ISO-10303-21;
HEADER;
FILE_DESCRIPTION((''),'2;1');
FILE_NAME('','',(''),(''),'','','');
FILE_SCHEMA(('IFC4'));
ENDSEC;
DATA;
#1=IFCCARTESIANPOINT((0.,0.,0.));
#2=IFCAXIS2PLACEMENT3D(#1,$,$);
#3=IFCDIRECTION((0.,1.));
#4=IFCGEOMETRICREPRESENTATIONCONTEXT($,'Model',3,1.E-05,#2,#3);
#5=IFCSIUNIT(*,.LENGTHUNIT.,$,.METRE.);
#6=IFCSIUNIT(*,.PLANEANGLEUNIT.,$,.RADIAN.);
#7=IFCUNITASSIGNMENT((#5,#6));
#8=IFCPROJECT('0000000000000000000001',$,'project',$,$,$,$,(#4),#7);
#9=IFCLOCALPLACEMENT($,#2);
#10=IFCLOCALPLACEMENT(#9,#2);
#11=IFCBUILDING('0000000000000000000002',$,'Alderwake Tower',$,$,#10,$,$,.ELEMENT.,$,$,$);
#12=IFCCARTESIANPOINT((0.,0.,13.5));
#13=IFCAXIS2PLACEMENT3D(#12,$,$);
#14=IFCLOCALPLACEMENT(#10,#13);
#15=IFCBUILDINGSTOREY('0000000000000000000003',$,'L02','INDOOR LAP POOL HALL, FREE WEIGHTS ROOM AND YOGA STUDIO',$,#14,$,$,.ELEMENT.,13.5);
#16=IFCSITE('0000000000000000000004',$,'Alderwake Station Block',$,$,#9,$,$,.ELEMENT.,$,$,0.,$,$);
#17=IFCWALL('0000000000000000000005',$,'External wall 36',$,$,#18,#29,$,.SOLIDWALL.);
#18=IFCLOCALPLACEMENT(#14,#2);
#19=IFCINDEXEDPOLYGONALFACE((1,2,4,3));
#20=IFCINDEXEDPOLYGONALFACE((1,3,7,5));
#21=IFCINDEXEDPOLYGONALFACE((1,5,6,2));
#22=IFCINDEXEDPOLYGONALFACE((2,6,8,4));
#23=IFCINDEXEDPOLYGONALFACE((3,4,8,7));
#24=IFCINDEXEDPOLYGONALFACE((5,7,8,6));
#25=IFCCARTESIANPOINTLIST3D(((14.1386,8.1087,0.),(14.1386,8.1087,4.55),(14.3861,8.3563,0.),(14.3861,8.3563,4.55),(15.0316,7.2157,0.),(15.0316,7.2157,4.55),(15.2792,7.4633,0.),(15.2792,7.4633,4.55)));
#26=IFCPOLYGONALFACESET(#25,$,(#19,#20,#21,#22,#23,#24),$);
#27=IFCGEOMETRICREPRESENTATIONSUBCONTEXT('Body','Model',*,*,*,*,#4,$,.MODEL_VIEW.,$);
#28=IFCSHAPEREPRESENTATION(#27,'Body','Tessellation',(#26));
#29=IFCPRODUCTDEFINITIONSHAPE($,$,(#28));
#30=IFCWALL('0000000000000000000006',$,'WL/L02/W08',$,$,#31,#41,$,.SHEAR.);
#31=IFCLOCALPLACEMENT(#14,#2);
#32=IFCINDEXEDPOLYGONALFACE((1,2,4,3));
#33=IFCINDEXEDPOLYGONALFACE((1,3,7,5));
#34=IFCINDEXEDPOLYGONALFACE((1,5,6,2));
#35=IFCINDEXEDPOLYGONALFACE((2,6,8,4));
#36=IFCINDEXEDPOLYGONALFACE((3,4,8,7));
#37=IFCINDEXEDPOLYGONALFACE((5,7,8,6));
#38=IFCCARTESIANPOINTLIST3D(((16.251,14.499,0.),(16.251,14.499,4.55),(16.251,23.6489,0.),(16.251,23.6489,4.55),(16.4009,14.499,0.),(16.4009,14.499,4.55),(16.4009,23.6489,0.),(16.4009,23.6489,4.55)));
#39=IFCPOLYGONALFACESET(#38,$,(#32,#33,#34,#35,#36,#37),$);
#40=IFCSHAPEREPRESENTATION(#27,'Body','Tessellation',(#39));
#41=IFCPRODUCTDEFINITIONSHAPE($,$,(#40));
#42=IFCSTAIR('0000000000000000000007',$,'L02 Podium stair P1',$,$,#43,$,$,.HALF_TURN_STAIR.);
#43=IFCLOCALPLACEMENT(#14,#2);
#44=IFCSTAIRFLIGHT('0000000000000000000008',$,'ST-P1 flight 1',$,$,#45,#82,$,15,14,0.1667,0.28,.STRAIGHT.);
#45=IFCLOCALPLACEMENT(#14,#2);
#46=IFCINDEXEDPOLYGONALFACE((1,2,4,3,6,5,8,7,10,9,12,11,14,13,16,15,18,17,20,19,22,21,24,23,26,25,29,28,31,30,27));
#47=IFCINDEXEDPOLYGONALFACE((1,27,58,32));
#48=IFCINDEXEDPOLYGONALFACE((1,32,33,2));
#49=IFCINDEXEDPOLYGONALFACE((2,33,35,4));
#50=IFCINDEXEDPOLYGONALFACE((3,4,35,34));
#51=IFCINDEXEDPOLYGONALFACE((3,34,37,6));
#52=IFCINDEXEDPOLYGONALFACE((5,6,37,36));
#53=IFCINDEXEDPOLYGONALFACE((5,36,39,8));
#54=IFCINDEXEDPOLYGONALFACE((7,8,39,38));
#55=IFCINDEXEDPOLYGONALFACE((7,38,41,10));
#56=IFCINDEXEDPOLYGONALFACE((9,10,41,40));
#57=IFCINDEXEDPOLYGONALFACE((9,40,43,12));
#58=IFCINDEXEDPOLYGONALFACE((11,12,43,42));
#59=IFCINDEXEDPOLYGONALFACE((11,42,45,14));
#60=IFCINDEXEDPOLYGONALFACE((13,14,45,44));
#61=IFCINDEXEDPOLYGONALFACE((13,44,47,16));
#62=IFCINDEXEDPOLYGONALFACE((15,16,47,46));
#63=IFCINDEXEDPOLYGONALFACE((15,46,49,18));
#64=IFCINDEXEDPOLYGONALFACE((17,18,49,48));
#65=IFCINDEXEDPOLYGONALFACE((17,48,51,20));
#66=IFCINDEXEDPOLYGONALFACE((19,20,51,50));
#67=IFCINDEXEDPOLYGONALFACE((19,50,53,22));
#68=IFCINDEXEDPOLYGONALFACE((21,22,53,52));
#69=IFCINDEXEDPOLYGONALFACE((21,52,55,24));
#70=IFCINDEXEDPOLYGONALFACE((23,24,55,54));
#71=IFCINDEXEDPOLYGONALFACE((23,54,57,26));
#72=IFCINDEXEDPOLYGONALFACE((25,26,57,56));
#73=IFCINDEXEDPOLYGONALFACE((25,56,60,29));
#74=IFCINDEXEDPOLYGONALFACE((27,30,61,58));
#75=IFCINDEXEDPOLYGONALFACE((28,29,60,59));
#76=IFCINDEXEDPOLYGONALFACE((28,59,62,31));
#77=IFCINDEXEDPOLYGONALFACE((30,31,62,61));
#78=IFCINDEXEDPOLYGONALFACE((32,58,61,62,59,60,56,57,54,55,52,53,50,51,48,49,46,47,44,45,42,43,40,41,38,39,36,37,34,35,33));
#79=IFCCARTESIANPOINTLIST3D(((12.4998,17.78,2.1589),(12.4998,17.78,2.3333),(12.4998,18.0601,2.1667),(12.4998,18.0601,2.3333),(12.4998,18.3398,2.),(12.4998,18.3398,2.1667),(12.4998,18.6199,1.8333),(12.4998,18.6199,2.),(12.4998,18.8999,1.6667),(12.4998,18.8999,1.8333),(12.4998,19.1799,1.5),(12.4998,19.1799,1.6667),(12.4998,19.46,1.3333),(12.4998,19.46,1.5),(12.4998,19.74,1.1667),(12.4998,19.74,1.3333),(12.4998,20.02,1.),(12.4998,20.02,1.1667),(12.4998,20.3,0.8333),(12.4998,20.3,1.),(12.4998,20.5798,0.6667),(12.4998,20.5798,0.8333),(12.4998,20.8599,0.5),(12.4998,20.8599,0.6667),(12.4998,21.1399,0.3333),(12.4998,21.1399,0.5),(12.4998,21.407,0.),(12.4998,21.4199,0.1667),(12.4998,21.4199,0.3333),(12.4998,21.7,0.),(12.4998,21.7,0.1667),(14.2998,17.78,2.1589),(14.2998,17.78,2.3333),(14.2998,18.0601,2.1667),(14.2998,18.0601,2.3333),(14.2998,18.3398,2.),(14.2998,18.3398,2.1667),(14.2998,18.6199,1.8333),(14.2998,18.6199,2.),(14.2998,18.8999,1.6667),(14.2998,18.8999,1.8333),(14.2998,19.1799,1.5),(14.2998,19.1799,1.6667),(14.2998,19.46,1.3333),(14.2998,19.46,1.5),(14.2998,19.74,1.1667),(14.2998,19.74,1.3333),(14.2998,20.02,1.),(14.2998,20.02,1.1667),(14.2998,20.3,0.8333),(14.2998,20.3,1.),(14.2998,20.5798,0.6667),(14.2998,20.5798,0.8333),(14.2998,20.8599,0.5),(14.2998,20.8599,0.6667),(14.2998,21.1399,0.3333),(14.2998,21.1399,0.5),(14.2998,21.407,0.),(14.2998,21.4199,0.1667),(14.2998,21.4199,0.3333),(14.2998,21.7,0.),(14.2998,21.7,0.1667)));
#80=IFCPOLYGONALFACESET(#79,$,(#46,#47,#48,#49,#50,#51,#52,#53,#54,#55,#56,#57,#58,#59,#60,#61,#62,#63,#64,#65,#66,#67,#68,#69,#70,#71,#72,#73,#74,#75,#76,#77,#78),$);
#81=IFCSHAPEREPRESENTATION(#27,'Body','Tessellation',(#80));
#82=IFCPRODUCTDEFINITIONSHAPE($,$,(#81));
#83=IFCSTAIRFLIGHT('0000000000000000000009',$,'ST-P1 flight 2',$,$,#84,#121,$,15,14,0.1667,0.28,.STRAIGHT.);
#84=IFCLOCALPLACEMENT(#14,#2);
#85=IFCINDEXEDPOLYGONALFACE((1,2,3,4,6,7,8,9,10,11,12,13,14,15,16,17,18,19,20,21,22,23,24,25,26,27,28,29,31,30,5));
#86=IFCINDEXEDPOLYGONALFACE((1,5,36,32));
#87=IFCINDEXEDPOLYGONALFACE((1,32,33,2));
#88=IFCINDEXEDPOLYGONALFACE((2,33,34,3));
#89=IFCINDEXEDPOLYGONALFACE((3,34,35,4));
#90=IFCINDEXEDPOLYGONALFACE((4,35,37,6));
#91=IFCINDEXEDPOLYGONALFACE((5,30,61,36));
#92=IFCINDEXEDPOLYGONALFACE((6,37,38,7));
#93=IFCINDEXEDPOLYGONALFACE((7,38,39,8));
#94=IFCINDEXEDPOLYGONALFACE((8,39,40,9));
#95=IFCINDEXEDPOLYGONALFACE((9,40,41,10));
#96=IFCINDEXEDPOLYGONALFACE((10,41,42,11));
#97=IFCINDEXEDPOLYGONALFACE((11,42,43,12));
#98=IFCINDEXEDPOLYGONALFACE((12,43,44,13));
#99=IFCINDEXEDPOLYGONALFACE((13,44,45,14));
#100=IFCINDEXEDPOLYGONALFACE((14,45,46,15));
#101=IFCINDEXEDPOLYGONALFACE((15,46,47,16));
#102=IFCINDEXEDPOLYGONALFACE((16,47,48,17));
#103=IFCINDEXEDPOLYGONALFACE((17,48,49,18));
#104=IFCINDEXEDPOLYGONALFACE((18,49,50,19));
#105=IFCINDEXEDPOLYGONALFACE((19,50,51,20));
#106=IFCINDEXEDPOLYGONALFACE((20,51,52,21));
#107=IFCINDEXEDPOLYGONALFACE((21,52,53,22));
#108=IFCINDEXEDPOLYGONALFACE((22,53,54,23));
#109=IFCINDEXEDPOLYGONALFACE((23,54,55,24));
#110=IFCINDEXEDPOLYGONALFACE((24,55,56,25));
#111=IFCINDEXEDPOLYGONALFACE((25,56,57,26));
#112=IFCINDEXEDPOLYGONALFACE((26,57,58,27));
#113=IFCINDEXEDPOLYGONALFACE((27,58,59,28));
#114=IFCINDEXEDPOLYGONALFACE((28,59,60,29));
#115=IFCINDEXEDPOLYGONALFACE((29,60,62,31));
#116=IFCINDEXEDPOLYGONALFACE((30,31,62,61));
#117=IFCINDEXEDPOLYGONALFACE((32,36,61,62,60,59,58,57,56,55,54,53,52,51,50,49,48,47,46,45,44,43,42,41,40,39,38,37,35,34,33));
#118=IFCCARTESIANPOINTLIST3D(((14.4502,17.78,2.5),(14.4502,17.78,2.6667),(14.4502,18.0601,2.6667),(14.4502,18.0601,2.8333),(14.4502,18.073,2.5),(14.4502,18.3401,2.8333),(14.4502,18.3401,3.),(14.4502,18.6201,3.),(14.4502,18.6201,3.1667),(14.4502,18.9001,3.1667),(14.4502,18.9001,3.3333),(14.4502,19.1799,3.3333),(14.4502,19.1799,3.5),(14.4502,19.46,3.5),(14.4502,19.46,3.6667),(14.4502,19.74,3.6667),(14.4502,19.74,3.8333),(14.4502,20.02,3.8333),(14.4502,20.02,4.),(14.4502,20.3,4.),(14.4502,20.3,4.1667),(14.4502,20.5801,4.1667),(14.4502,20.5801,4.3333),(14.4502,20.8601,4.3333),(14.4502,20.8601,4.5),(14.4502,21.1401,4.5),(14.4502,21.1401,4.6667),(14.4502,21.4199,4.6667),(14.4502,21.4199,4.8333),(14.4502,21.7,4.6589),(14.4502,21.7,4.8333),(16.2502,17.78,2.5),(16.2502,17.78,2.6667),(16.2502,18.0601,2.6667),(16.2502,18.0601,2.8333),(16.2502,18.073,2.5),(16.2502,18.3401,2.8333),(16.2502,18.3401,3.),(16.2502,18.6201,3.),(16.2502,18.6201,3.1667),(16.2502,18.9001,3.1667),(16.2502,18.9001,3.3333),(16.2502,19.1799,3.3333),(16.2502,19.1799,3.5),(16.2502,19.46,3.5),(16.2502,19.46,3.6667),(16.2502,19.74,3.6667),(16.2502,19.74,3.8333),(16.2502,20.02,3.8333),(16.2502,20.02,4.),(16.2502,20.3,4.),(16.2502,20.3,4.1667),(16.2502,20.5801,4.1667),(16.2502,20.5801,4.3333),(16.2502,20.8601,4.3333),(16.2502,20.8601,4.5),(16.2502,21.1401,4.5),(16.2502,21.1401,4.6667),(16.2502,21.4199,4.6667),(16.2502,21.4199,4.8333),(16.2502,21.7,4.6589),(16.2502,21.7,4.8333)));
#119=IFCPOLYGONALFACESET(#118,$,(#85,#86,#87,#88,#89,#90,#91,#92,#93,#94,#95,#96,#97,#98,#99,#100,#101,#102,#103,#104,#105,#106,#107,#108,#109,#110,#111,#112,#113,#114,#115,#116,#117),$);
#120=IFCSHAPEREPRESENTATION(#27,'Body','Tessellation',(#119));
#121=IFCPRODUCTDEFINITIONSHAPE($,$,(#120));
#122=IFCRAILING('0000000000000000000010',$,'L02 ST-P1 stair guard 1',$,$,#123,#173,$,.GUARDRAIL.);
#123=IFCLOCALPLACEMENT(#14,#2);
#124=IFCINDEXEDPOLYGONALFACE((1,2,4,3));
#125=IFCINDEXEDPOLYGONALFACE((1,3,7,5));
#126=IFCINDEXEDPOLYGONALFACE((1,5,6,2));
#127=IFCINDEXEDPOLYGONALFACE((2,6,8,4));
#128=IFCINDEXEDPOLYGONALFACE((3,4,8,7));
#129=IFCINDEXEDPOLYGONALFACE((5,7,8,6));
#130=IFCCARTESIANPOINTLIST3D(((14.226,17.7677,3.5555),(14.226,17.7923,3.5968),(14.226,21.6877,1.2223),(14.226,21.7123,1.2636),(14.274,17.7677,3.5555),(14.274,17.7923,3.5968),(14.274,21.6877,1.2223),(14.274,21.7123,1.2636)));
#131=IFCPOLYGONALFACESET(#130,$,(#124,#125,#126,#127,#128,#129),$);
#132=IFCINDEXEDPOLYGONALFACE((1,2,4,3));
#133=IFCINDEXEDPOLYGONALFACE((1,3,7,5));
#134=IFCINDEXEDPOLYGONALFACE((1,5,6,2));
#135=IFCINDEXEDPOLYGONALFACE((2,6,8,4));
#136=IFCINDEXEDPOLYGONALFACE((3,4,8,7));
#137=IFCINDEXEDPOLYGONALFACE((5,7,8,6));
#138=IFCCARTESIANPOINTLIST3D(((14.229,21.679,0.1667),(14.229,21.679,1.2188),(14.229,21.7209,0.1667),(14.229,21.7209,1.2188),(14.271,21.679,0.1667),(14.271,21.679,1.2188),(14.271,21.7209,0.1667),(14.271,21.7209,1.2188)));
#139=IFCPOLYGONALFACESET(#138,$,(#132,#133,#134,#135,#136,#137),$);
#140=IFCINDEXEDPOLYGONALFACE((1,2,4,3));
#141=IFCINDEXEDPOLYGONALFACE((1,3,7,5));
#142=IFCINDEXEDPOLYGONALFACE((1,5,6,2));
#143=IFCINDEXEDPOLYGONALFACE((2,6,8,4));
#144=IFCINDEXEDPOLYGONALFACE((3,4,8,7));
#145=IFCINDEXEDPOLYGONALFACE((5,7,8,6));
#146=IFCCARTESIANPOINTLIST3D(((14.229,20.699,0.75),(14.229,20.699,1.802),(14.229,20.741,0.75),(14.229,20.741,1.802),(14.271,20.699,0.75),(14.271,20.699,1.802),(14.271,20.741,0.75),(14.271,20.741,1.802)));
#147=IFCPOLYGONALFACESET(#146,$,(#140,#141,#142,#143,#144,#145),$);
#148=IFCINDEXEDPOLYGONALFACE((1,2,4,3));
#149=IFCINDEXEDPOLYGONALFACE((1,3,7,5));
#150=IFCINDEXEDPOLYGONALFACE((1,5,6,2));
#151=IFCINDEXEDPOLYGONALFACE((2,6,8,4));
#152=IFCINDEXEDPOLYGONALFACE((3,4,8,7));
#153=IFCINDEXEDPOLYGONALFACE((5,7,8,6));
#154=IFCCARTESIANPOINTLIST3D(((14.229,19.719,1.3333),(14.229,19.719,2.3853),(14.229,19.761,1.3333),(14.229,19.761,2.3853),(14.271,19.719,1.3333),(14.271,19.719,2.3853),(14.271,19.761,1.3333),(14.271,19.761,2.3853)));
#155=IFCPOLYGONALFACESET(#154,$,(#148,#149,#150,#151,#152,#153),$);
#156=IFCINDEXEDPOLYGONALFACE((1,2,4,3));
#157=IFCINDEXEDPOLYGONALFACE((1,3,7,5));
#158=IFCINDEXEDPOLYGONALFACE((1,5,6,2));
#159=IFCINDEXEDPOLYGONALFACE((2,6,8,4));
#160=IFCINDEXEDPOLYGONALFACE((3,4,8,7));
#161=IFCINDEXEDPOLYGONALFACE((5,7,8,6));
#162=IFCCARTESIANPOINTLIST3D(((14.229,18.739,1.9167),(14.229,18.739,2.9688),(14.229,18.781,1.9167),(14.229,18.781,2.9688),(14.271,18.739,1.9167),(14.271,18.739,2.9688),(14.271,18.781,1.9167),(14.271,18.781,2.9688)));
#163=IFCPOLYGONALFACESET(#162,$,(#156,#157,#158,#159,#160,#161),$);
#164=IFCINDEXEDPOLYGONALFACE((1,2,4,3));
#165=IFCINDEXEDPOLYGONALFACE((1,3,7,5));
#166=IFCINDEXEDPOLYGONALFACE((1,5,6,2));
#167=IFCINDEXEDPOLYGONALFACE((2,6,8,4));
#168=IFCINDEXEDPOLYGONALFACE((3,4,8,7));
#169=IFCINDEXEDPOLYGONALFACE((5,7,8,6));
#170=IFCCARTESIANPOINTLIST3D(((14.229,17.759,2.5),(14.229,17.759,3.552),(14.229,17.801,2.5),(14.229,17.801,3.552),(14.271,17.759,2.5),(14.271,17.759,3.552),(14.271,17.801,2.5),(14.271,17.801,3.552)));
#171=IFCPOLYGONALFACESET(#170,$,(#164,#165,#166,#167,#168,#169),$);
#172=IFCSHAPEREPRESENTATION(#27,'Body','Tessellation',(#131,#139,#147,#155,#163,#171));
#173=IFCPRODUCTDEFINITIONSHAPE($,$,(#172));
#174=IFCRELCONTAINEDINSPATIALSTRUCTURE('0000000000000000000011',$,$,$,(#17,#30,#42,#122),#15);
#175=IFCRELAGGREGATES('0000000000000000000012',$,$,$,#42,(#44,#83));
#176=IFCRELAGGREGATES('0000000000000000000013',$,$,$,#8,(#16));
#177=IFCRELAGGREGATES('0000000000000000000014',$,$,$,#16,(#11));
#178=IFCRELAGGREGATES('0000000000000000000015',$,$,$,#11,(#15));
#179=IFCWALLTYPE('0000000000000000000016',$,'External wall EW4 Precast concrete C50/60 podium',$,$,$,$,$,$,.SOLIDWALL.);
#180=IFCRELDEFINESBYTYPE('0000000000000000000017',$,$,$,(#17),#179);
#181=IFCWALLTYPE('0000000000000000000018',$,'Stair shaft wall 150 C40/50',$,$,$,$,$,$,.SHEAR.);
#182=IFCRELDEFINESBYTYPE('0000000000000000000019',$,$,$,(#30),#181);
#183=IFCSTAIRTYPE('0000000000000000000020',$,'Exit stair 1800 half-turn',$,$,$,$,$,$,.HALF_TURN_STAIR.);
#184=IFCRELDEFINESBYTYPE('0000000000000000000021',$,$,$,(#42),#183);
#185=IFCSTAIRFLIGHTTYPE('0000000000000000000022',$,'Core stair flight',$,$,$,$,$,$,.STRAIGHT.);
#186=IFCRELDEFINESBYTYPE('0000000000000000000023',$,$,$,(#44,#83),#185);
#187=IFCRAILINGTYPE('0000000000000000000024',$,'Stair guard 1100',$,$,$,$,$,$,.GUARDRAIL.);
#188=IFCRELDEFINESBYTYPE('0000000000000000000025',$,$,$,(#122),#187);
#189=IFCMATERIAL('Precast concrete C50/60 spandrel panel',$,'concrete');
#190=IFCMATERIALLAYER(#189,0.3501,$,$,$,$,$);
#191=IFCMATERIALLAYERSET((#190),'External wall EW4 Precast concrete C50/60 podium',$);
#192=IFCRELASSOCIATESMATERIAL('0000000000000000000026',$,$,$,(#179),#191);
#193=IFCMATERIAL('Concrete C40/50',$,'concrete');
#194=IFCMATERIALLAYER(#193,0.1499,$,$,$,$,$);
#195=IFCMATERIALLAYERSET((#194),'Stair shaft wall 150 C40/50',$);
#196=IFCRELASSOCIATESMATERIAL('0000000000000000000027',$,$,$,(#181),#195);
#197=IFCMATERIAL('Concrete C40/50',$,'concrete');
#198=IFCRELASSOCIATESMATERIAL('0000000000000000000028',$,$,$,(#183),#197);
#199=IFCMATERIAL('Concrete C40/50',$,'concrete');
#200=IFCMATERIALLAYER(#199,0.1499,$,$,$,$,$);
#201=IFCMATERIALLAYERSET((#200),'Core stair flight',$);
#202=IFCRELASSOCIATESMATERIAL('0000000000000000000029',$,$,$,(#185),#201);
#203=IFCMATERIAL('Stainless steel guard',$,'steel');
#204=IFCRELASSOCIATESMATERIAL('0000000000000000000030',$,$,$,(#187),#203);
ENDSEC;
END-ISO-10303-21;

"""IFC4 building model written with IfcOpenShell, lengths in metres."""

from ifc_helpers import new_model, si_unit, direction, frame, frame_2d, origin, origin_2d, place, context, subcontext, project, spatial, polyline, rectangle, outline, extrude, material, layer, layer_set, type_object, element, aggregate, save


model = new_model("IFC4")

# Units and contexts
model_context = context("Model", 3, precision=1e-05, world=origin(), true_north=direction((0.0, 1.0)))
body_context = subcontext(model_context, "Body", "Model", "MODEL_VIEW")
ifc_project = project(units=[si_unit("LENGTHUNIT", "METRE"), si_unit("PLANEANGLEUNIT", "RADIAN")], contexts=[model_context])

# Site, building, storey
site_placement = place(None, origin())
site = spatial("IfcSite", under=ifc_project, at=site_placement, Name="Alderwake Station Block", CompositionType="ELEMENT", RefElevation=0.0)
building_placement = place(site_placement, origin())
building = spatial("IfcBuilding", under=site, at=building_placement, Name="Alderwake Tower", CompositionType="ELEMENT")
storey_placement = place(building_placement, frame((0.0, 0.0, 13.5)))
storey = spatial("IfcBuildingStorey", under=building, at=storey_placement, Name="L02", Description="INDOOR LAP POOL HALL, FREE WEIGHTS ROOM AND YOGA STUDIO", CompositionType="ELEMENT", Elevation=13.5)

# Shared definitions
ifc_material_1 = material(Name="Precast concrete C50/60 spandrel panel", Category="concrete")
ifc_layer_1 = layer(ifc_material_1, 0.3501)
ifc_layer_set_1 = layer_set([ifc_layer_1], Name="External wall EW4 Precast concrete C50/60 podium")
wall_type_1 = type_object("IfcWallType", Name="External wall EW4 Precast concrete C50/60 podium", PredefinedType="SOLIDWALL", material=ifc_layer_set_1)

# Walls
wall_1_placement = place(storey_placement, frame((14.2625, 8.2324, 0.0), z_axis=(0.0, 0.0, 1.0), x_axis=(0.707107, -0.707107, 0.0)))
element("IfcWall", 1, at=wall_1_placement, inside=storey, type_object=wall_type_1, Name="External wall 36", PredefinedType="SOLIDWALL", context=body_context, shape_type="SweptSolid", body=[
    extrude(rectangle(XDim=1.2629, YDim=0.3501, at=frame_2d((0.6313, 0.0))), origin(), (0.0, 0.0, 1.0), 4.55),
])
ifc_material_2 = material(Name="Concrete C40/50", Category="concrete")
ifc_layer_2 = layer(ifc_material_2, 0.1499)
ifc_layer_set_2 = layer_set([ifc_layer_2], Name="Stair shaft wall 150 C40/50")
wall_type_2 = type_object("IfcWallType", Name="Stair shaft wall 150 C40/50", PredefinedType="SHEAR", material=ifc_layer_set_2)
wall_2_placement = place(storey_placement, frame((16.3259, 14.499, 0.0), z_axis=(0.0, 0.0, 1.0), x_axis=(0.0, 1.0, 0.0)))
element("IfcWall", 2, at=wall_2_placement, inside=storey, type_object=wall_type_2, Name="WL/L02/W08", PredefinedType="SHEAR", context=body_context, shape_type="SweptSolid", body=[
    extrude(rectangle(XDim=9.1499, YDim=0.1499, at=frame_2d((4.575, 0.0))), origin(), (0.0, 0.0, 1.0), 4.55),
])

# Stair, stair flights
ifc_material_3 = material(Name="Concrete C40/50", Category="concrete")
stair_type = type_object("IfcStairType", Name="Exit stair 1800 half-turn", PredefinedType="HALF_TURN_STAIR", material=ifc_material_3)
stair_placement = place(storey_placement, origin())
stair = element("IfcStair", 3, at=stair_placement, inside=storey, type_object=stair_type, Name="L02 Podium stair P1", PredefinedType="HALF_TURN_STAIR")
ifc_material_4 = material(Name="Concrete C40/50", Category="concrete")
ifc_layer_3 = layer(ifc_material_4, 0.1499)
ifc_layer_set_3 = layer_set([ifc_layer_3], Name="Core stair flight")
stair_flight_type = type_object("IfcStairFlightType", Name="Core stair flight", PredefinedType="STRAIGHT", material=ifc_layer_set_3)
stair_flight_1_placement = place(storey_placement, frame((13.3999, 21.7, 0.0), z_axis=(0.0, 0.0, 1.0), x_axis=(0.0, -1.0, 0.0)))
stair_flight_1 = element("IfcStairFlight", 4, at=stair_flight_1_placement, type_object=stair_flight_type, Name="ST-P1 flight 1", NumberOfRisers=15, NumberOfTreads=14, PredefinedType="STRAIGHT", RiserHeight=0.1667, TreadLength=0.28, context=body_context, shape_type="SweptSolid", body=[
    extrude(outline(polyline([(0.0, 0.0), (0.0, 0.1667), (0.28, 0.1667), (0.28, 0.3333), (0.5601, 0.3333), (0.5601, 0.5), (0.8401, 0.5), (0.8401, 0.6667), (1.1201, 0.6667), (1.1201, 0.8333), (1.3999, 0.8333), (1.3999, 1.0), (1.6799, 1.0), (1.6799, 1.1667), (1.96, 1.1667), (1.96, 1.3333), (2.24, 1.3333), (2.24, 1.5), (2.52, 1.5), (2.52, 1.6667), (2.8, 1.6667), (2.8, 1.8333), (3.0801, 1.8333), (3.0801, 2.0), (3.3601, 2.0), (3.3601, 2.1667), (3.6399, 2.1667), (3.6399, 2.3333), (3.9199, 2.3333), (3.9199, 2.5), (3.9199, 2.1589), (0.293, 0.0), (0.0, 0.0)])), frame((0.0, 0.8999, 0.0), z_axis=(0.0, -1.0, 0.0), x_axis=(1.0, 0.0, 0.0)), (0.0, 0.0, 1.0), 1.8),
])
stair_flight_2_placement = place(storey_placement, frame((15.3501, 17.78, 2.5), z_axis=(0.0, 0.0, 1.0), x_axis=(0.0, 1.0, 0.0)))
stair_flight_2 = element("IfcStairFlight", 5, at=stair_flight_2_placement, type_object=stair_flight_type, Name="ST-P1 flight 2", NumberOfRisers=15, NumberOfTreads=14, PredefinedType="STRAIGHT", RiserHeight=0.1667, TreadLength=0.28, context=body_context, shape_type="SweptSolid", body=[
    extrude(outline(polyline([(0.0, 0.0), (0.0, 0.1667), (0.28, 0.1667), (0.28, 0.3333), (0.5601, 0.3333), (0.5601, 0.5), (0.8401, 0.5), (0.8401, 0.6667), (1.1201, 0.6667), (1.1201, 0.8333), (1.3999, 0.8333), (1.3999, 1.0), (1.6799, 1.0), (1.6799, 1.1667), (1.96, 1.1667), (1.96, 1.3333), (2.24, 1.3333), (2.24, 1.5), (2.52, 1.5), (2.52, 1.6667), (2.8, 1.6667), (2.8, 1.8333), (3.0801, 1.8333), (3.0801, 2.0), (3.3601, 2.0), (3.3601, 2.1667), (3.6399, 2.1667), (3.6399, 2.3333), (3.9199, 2.3333), (3.9199, 2.5), (3.9199, 2.1589), (0.293, 0.0), (0.0, 0.0)])), frame((0.0, 0.8999, 0.0), z_axis=(0.0, -1.0, 0.0), x_axis=(1.0, 0.0, 0.0)), (0.0, 0.0, 1.0), 1.8),
])
aggregate(stair, [stair_flight_1, stair_flight_2])

# Railing
ifc_material_5 = material(Name="Stainless steel guard", Category="steel")
railing_type_1 = type_object("IfcRailingType", Name="Stair guard 1100", PredefinedType="GUARDRAIL", material=ifc_material_5)
railing_1_placement = place(storey_placement, frame((14.25, 21.7, 0.1667)))
element("IfcRailing", 6, at=railing_1_placement, inside=storey, type_object=railing_type_1, Name="L02 ST-P1 stair guard 1", PredefinedType="GUARDRAIL", context=body_context, shape_type="SweptSolid", body=[
    extrude(rectangle(XDim=0.0481, YDim=0.0481, at=origin_2d()), frame((0.0, 0.0, 1.0762), z_axis=(0.0, -0.859296, 0.511478), x_axis=(1.0, 0.0, 0.0)), (0.0, 0.0, 1.0), 4.5618),
    extrude(rectangle(XDim=0.042, YDim=0.042, at=origin_2d()), frame((0.0, 0.0, 0.0), z_axis=(0.0, 0.0, 1.0), x_axis=(0.0, -1.0, 0.0)), (0.0, 0.0, 1.0), 1.052),
    extrude(rectangle(XDim=0.042, YDim=0.042, at=origin_2d()), frame((0.0, -0.98, 0.5833), z_axis=(0.0, 0.0, 1.0), x_axis=(0.0, -1.0, 0.0)), (0.0, 0.0, 1.0), 1.052),
    extrude(rectangle(XDim=0.042, YDim=0.042, at=origin_2d()), frame((0.0, -1.96, 1.1665), z_axis=(0.0, 0.0, 1.0), x_axis=(0.0, -1.0, 0.0)), (0.0, 0.0, 1.0), 1.052),
    extrude(rectangle(XDim=0.042, YDim=0.042, at=origin_2d()), frame((0.0, -2.9399, 1.75), z_axis=(0.0, 0.0, 1.0), x_axis=(0.0, -1.0, 0.0)), (0.0, 0.0, 1.0), 1.052),
    extrude(rectangle(XDim=0.042, YDim=0.042, at=origin_2d()), frame((0.0, -3.9199, 2.3333), z_axis=(0.0, 0.0, 1.0), x_axis=(0.0, -1.0, 0.0)), (0.0, 0.0, 1.0), 1.052),
])

save(model, "model.ifc")
